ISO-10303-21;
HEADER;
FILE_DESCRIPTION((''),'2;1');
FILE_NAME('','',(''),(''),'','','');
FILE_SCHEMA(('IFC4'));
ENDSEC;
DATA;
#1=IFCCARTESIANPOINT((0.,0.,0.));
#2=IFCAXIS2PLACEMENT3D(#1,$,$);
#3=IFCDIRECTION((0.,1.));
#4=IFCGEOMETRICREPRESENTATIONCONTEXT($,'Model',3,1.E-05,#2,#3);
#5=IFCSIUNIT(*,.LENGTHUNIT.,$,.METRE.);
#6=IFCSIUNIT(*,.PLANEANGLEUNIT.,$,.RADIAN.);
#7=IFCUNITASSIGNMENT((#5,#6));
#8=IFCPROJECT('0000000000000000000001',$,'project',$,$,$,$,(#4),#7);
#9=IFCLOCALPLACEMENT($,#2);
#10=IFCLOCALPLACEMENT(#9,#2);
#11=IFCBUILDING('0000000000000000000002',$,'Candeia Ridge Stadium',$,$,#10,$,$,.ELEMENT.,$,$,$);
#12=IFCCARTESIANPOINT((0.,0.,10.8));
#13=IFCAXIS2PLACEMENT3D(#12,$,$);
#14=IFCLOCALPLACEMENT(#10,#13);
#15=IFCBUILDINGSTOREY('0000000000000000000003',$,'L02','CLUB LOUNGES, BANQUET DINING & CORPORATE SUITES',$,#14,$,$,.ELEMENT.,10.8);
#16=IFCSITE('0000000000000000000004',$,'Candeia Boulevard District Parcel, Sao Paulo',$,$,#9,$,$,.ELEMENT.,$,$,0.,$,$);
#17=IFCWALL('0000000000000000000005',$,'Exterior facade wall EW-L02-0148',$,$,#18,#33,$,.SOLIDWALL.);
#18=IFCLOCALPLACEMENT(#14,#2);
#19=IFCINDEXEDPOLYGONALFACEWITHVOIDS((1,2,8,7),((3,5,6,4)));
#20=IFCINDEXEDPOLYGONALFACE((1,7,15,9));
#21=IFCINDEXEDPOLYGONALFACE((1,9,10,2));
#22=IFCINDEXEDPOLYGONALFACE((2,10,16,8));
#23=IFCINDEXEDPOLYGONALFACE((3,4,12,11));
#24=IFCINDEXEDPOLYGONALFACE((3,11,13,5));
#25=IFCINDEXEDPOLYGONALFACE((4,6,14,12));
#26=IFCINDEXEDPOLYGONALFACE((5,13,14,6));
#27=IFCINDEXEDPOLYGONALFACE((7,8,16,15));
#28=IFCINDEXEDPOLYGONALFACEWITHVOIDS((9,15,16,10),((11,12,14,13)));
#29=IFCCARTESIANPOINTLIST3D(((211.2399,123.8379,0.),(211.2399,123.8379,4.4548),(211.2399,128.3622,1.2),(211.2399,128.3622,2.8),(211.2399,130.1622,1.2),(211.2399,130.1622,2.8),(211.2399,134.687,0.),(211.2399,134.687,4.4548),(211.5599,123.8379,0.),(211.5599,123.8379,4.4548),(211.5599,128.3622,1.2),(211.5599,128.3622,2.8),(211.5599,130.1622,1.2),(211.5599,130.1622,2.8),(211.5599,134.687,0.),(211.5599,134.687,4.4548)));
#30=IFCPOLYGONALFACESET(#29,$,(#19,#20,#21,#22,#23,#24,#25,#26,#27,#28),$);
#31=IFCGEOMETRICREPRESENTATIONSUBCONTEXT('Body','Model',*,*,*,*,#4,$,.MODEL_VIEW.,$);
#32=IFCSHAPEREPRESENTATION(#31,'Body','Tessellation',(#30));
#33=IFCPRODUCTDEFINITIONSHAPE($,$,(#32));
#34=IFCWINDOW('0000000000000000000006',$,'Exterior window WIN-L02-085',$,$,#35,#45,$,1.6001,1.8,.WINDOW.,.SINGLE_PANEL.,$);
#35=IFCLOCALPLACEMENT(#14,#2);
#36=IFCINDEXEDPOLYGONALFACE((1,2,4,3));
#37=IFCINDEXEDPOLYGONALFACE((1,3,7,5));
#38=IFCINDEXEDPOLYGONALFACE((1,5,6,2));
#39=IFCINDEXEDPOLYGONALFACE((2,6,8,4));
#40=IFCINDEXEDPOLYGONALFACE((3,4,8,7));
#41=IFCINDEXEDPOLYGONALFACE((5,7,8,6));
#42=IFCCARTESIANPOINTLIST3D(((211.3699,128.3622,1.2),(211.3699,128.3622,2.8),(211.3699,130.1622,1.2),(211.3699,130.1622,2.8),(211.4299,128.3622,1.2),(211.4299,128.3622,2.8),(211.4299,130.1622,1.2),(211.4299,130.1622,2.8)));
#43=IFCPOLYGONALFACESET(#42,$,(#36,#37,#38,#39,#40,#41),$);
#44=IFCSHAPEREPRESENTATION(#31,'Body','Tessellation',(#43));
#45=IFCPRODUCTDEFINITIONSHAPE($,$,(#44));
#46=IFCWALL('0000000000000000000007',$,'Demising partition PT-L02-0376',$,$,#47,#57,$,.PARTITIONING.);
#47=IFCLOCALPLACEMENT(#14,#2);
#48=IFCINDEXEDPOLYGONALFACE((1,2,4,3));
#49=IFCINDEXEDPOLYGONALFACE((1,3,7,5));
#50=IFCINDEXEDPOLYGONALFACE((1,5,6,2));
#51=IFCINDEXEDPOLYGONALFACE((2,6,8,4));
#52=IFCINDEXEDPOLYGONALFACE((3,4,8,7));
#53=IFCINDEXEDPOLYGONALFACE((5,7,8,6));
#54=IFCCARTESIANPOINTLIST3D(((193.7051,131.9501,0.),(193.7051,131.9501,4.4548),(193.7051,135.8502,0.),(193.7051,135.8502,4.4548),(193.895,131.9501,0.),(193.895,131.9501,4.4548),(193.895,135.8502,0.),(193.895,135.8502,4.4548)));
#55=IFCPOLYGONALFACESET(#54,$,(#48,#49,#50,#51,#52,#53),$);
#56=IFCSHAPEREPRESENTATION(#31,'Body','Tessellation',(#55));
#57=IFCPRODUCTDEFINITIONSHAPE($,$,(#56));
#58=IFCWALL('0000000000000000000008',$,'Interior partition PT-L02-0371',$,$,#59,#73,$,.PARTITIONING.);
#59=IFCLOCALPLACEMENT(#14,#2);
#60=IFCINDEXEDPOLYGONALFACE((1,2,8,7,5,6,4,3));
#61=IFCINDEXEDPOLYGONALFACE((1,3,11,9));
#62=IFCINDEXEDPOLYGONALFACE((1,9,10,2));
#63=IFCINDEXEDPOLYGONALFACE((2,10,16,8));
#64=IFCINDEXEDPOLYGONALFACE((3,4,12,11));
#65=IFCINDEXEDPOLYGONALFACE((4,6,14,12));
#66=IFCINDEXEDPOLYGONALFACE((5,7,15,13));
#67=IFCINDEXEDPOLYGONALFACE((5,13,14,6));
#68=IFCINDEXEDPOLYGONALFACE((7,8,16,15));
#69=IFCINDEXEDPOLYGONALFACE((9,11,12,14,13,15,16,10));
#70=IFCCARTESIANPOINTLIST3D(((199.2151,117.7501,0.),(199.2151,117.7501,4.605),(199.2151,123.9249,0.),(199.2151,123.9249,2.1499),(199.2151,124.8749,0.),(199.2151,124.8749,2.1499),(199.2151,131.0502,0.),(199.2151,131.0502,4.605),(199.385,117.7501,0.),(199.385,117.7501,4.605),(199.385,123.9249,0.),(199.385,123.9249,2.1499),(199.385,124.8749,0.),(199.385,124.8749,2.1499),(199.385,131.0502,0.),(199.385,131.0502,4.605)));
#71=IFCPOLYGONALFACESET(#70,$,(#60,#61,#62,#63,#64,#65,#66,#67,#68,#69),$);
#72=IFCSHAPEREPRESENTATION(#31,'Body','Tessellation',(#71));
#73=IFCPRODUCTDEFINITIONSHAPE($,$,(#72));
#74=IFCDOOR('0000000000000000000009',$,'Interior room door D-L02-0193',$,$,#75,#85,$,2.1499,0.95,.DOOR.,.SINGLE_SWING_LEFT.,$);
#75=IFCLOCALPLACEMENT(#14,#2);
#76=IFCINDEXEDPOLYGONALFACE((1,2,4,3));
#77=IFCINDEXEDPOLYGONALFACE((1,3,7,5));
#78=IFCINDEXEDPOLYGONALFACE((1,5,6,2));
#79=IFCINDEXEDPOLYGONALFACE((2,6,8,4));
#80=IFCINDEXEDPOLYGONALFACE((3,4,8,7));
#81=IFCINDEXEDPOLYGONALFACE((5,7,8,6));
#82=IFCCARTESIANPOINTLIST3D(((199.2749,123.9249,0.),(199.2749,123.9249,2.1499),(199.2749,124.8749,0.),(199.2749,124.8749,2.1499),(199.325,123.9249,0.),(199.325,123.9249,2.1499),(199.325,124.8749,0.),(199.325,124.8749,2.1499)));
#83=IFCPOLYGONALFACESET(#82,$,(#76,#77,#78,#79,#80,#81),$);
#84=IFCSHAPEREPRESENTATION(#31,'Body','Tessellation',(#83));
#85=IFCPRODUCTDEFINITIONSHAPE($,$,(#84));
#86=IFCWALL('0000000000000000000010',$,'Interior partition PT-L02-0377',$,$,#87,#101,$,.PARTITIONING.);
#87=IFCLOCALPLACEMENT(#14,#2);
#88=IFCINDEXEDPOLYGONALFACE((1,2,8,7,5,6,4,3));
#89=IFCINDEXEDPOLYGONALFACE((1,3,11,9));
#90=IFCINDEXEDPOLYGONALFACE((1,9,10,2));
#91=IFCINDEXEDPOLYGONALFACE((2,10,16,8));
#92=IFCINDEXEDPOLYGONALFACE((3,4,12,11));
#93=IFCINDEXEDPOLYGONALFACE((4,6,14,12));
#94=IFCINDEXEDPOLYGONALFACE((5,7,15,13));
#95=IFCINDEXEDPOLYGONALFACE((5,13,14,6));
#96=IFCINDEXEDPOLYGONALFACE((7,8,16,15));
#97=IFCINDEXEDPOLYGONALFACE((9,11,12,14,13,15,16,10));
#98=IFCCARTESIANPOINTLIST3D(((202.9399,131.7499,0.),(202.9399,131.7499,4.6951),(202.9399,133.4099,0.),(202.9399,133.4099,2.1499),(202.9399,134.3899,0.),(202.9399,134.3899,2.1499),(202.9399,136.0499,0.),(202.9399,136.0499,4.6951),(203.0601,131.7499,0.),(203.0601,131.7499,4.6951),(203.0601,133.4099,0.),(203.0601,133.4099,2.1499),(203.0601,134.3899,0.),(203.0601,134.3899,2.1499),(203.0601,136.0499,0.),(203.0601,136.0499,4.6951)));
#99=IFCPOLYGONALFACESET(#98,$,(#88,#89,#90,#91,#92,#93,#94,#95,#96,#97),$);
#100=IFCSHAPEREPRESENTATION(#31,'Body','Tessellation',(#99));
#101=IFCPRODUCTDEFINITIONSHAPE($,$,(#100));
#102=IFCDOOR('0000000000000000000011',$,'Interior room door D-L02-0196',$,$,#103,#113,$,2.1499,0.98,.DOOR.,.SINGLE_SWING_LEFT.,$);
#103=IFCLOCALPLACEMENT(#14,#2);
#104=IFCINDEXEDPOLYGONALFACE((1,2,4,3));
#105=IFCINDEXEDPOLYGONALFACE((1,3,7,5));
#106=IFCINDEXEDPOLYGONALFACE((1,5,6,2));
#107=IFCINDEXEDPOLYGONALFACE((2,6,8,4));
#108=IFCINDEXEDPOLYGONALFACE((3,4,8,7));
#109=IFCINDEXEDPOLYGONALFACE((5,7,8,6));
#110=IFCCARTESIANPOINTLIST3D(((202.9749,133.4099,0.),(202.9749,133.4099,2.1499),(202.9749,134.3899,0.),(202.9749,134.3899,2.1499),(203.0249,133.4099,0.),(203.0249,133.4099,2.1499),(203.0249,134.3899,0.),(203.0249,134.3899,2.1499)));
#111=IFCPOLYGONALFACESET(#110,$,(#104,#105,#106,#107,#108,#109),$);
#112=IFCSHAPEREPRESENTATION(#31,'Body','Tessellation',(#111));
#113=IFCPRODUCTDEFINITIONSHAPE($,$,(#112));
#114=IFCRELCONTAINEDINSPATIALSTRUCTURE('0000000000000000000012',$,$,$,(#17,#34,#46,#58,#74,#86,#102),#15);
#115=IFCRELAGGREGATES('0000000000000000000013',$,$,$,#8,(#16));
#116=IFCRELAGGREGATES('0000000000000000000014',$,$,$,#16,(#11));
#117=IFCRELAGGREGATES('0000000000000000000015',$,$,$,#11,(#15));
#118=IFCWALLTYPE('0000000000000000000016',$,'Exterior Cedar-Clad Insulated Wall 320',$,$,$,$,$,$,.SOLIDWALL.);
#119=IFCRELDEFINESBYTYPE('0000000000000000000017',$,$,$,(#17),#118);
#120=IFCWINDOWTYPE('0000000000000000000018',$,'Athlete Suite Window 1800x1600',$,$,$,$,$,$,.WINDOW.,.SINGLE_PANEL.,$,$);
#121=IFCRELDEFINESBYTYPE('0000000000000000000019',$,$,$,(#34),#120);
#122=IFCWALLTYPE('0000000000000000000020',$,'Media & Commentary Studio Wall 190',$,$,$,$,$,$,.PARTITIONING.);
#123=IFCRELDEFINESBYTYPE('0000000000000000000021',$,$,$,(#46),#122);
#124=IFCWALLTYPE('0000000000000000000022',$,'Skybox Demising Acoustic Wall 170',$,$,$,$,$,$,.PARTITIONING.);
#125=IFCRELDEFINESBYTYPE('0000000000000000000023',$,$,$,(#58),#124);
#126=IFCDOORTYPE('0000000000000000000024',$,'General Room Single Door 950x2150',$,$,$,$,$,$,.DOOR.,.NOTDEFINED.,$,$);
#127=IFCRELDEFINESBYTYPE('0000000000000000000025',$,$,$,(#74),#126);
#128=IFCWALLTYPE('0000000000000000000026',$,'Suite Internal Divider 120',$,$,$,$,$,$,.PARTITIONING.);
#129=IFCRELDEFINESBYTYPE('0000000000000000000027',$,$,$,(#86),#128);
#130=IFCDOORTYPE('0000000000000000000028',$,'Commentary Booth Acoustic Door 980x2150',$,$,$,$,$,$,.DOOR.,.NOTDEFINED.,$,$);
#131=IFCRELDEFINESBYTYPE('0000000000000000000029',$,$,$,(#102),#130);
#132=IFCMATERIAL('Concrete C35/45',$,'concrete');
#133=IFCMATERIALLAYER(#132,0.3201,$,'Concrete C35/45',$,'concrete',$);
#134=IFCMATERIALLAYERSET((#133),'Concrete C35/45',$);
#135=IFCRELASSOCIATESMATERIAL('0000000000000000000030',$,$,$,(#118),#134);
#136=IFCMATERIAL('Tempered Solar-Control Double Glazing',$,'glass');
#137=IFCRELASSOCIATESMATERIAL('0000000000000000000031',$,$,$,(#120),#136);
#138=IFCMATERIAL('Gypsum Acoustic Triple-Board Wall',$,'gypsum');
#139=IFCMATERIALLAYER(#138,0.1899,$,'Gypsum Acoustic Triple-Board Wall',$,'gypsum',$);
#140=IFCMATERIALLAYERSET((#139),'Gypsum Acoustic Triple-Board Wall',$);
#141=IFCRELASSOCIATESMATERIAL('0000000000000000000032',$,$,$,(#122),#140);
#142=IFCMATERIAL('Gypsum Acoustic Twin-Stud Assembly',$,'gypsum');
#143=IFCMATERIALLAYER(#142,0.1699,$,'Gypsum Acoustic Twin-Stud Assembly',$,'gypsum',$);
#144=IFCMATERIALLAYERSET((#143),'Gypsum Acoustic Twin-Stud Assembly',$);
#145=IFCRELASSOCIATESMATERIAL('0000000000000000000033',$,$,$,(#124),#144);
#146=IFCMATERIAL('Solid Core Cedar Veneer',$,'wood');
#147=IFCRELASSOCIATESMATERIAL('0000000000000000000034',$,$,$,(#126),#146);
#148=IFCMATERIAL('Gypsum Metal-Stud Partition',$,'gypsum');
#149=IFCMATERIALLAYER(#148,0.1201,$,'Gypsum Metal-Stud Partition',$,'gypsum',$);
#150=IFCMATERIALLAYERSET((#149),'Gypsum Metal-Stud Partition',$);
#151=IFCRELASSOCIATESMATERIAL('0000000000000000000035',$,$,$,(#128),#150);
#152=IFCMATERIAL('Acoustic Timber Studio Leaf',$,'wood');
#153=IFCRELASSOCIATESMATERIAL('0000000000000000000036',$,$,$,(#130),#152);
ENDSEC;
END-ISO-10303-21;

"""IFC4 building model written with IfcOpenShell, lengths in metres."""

from ifc_helpers import new_model, si_unit, direction, frame, frame_2d, origin, place, context, subcontext, project, spatial, rectangle, extrude, material, layer, layer_set, type_object, element, fill, save


model = new_model("IFC4")

# Units and contexts
model_context = context("Model", 3, precision=1e-05, world=origin(), true_north=direction((0.0, 1.0)))
body_context = subcontext(model_context, "Body", "Model", "MODEL_VIEW")
ifc_project = project(units=[si_unit("LENGTHUNIT", "METRE"), si_unit("PLANEANGLEUNIT", "RADIAN")], contexts=[model_context])

# Site, building, storey
site_placement = place(None, origin())
site = spatial("IfcSite", under=ifc_project, at=site_placement, Name="Candeia Boulevard District Parcel, Sao Paulo", CompositionType="ELEMENT", RefElevation=0.0)
building_placement = place(site_placement, origin())
building = spatial("IfcBuilding", under=site, at=building_placement, Name="Candeia Ridge Stadium", CompositionType="ELEMENT")
storey_placement = place(building_placement, frame((0.0, 0.0, 10.8)))
storey = spatial("IfcBuildingStorey", under=building, at=storey_placement, Name="L02", Description="CLUB LOUNGES, BANQUET DINING & CORPORATE SUITES", CompositionType="ELEMENT", Elevation=10.8)

# Shared definitions
ifc_material_1 = material(Name="Gypsum Acoustic Twin-Stud Assembly", Category="gypsum")

# Wall, opening, window
ifc_material_2 = material(Name="Concrete C35/45", Category="concrete")
ifc_layer_1 = layer(ifc_material_2, 0.3201, Name="Concrete C35/45", Category="concrete")
ifc_layer_set_1 = layer_set([ifc_layer_1], Name="Concrete C35/45")
wall_type_1 = type_object("IfcWallType", Name="Exterior Cedar-Clad Insulated Wall 320", PredefinedType="SOLIDWALL", material=ifc_layer_set_1)
wall_1_placement = place(storey_placement, frame((211.3999, 123.8379, 0.0), z_axis=(0.0, 0.0, 1.0), x_axis=(0.0, 1.0, 0.0)))
wall_1 = element("IfcWall", 1, at=wall_1_placement, inside=storey, type_object=wall_type_1, Name="Exterior facade wall EW-L02-0148", PredefinedType="SOLIDWALL", context=body_context, shape_type="SweptSolid", body=[
    extrude(rectangle(XDim=10.8491, YDim=0.3201, at=frame_2d((5.4246, 0.0))), origin(), (0.0, 0.0, 1.0), 4.4548),
])
opening_1_placement = place(wall_1_placement, frame((4.5244, 0.0, 1.2)))
opening_1 = element("IfcOpeningElement", 2, at=opening_1_placement, cuts=wall_1, PredefinedType="OPENING", context=body_context, shape_type="SweptSolid", body=[
    extrude(rectangle(XDim=1.8, YDim=1.6001, at=frame_2d((0.8999, 0.8))), frame((0.0, 0.1699, 0.0), z_axis=(0.0, -1.0, 0.0), x_axis=(1.0, 0.0, 0.0)), (0.0, 0.0, 1.0), 0.3401),
])
ifc_material_3 = material(Name="Tempered Solar-Control Double Glazing", Category="glass")
window_type = type_object("IfcWindowType", Name="Athlete Suite Window 1800x1600", PartitioningType="SINGLE_PANEL", PredefinedType="WINDOW", material=ifc_material_3)
window_placement = place(opening_1_placement, origin())
window = element("IfcWindow", 3, at=window_placement, inside=storey, type_object=window_type, Name="Exterior window WIN-L02-085", OverallHeight=1.6001, OverallWidth=1.8, PartitioningType="SINGLE_PANEL", PredefinedType="WINDOW", context=body_context, shape_type="SweptSolid", body=[
    extrude(rectangle(XDim=1.8, YDim=1.6001, at=frame_2d((0.8999, 0.8))), frame((0.0, 0.03, 0.0), z_axis=(0.0, -1.0, 0.0), x_axis=(1.0, 0.0, 0.0)), (0.0, 0.0, 1.0), 0.0601),
])
fill(opening_1, window)

# Wall
ifc_material_4 = material(Name="Gypsum Acoustic Triple-Board Wall", Category="gypsum")
ifc_layer_2 = layer(ifc_material_4, 0.1899, Name="Gypsum Acoustic Triple-Board Wall", Category="gypsum")
ifc_layer_set_2 = layer_set([ifc_layer_2], Name="Gypsum Acoustic Triple-Board Wall")
wall_type_2 = type_object("IfcWallType", Name="Media & Commentary Studio Wall 190", PredefinedType="PARTITIONING", material=ifc_layer_set_2)
wall_2_placement = place(storey_placement, frame((193.8, 131.95, 0.0), z_axis=(0.0, 0.0, 1.0), x_axis=(0.0, 1.0, 0.0)))
element("IfcWall", 4, at=wall_2_placement, inside=storey, type_object=wall_type_2, Name="Demising partition PT-L02-0376", PredefinedType="PARTITIONING", context=body_context, shape_type="SweptSolid", body=[
    extrude(rectangle(XDim=3.9001, YDim=0.1899, at=frame_2d((1.9502, 0.0))), origin(), (0.0, 0.0, 1.0), 4.4548),
])

# Walls, openings, doors
ifc_layer_3 = layer(ifc_material_1, 0.1699, Name="Gypsum Acoustic Twin-Stud Assembly", Category="gypsum")
ifc_layer_set_3 = layer_set([ifc_layer_3], Name="Gypsum Acoustic Twin-Stud Assembly")
wall_type_3 = type_object("IfcWallType", Name="Skybox Demising Acoustic Wall 170", PredefinedType="PARTITIONING", material=ifc_layer_set_3)
wall_3_placement = place(storey_placement, frame((199.3, 131.05, 0.0), z_axis=(0.0, 0.0, 1.0), x_axis=(0.0, -1.0, 0.0)))
wall_3 = element("IfcWall", 5, at=wall_3_placement, inside=storey, type_object=wall_type_3, Name="Interior partition PT-L02-0371", PredefinedType="PARTITIONING", context=body_context, shape_type="SweptSolid", body=[
    extrude(rectangle(XDim=13.3, YDim=0.1699, at=frame_2d((6.6499, 0.0))), origin(), (0.0, 0.0, 1.0), 4.605),
])
opening_2_placement = place(wall_3_placement, frame((6.175, 0.0, 0.0)))
opening_2 = element("IfcOpeningElement", 6, at=opening_2_placement, cuts=wall_3, PredefinedType="OPENING", context=body_context, shape_type="SweptSolid", body=[
    extrude(rectangle(XDim=0.95, YDim=2.1499, at=frame_2d((0.4751, 1.075))), frame((0.0, 0.095, 0.0), z_axis=(0.0, -1.0, 0.0), x_axis=(1.0, 0.0, 0.0)), (0.0, 0.0, 1.0), 0.1899),
])
ifc_material_5 = material(Name="Solid Core Cedar Veneer", Category="wood")
door_type_1 = type_object("IfcDoorType", Name="General Room Single Door 950x2150", OperationType="NOTDEFINED", PredefinedType="DOOR", material=ifc_material_5)
door_1_placement = place(opening_2_placement, origin())
door_1 = element("IfcDoor", 7, at=door_1_placement, inside=storey, type_object=door_type_1, Name="Interior room door D-L02-0193", OperationType="SINGLE_SWING_LEFT", OverallHeight=2.1499, OverallWidth=0.95, PredefinedType="DOOR", context=body_context, shape_type="SweptSolid", body=[
    extrude(rectangle(XDim=0.95, YDim=2.1499, at=frame_2d((0.4751, 1.075))), frame((0.0, 0.0249, 0.0), z_axis=(0.0, -1.0, 0.0), x_axis=(1.0, 0.0, 0.0)), (0.0, 0.0, 1.0), 0.05),
])
fill(opening_2, door_1)
ifc_material_6 = material(Name="Gypsum Metal-Stud Partition", Category="gypsum")
ifc_layer_4 = layer(ifc_material_6, 0.1201, Name="Gypsum Metal-Stud Partition", Category="gypsum")
ifc_layer_set_4 = layer_set([ifc_layer_4], Name="Gypsum Metal-Stud Partition")
wall_type_4 = type_object("IfcWallType", Name="Suite Internal Divider 120", PredefinedType="PARTITIONING", material=ifc_layer_set_4)
wall_4_placement = place(storey_placement, frame((203.0, 131.75, 0.0), z_axis=(0.0, 0.0, 1.0), x_axis=(0.0, 1.0, 0.0)))
wall_4 = element("IfcWall", 8, at=wall_4_placement, inside=storey, type_object=wall_type_4, Name="Interior partition PT-L02-0377", PredefinedType="PARTITIONING", context=body_context, shape_type="SweptSolid", body=[
    extrude(rectangle(XDim=4.3, YDim=0.1201, at=frame_2d((2.1499, 0.0))), origin(), (0.0, 0.0, 1.0), 4.6951),
])
opening_3_placement = place(wall_4_placement, frame((1.6599, 0.0, 0.0)))
opening_3 = element("IfcOpeningElement", 9, at=opening_3_placement, cuts=wall_4, PredefinedType="OPENING", context=body_context, shape_type="SweptSolid", body=[
    extrude(rectangle(XDim=0.98, YDim=2.1499, at=frame_2d((0.49, 1.075))), frame((0.0, 0.0701, 0.0), z_axis=(0.0, -1.0, 0.0), x_axis=(1.0, 0.0, 0.0)), (0.0, 0.0, 1.0), 0.1401),
])
ifc_material_7 = material(Name="Acoustic Timber Studio Leaf", Category="wood")
door_type_2 = type_object("IfcDoorType", Name="Commentary Booth Acoustic Door 980x2150", OperationType="NOTDEFINED", PredefinedType="DOOR", material=ifc_material_7)
door_2_placement = place(opening_3_placement, frame((0.98, 0.0, 0.0), z_axis=(0.0, 0.0, 1.0), x_axis=(-1.0, 0.0, 0.0)))
door_2 = element("IfcDoor", 10, at=door_2_placement, inside=storey, type_object=door_type_2, Name="Interior room door D-L02-0196", OperationType="SINGLE_SWING_LEFT", OverallHeight=2.1499, OverallWidth=0.98, PredefinedType="DOOR", context=body_context, shape_type="SweptSolid", body=[
    extrude(rectangle(XDim=0.98, YDim=2.1499, at=frame_2d((0.49, 1.075))), frame((0.0, 0.0249, 0.0), z_axis=(0.0, -1.0, 0.0), x_axis=(1.0, 0.0, 0.0)), (0.0, 0.0, 1.0), 0.05),
])
fill(opening_3, door_2)

save(model, "model.ifc")
